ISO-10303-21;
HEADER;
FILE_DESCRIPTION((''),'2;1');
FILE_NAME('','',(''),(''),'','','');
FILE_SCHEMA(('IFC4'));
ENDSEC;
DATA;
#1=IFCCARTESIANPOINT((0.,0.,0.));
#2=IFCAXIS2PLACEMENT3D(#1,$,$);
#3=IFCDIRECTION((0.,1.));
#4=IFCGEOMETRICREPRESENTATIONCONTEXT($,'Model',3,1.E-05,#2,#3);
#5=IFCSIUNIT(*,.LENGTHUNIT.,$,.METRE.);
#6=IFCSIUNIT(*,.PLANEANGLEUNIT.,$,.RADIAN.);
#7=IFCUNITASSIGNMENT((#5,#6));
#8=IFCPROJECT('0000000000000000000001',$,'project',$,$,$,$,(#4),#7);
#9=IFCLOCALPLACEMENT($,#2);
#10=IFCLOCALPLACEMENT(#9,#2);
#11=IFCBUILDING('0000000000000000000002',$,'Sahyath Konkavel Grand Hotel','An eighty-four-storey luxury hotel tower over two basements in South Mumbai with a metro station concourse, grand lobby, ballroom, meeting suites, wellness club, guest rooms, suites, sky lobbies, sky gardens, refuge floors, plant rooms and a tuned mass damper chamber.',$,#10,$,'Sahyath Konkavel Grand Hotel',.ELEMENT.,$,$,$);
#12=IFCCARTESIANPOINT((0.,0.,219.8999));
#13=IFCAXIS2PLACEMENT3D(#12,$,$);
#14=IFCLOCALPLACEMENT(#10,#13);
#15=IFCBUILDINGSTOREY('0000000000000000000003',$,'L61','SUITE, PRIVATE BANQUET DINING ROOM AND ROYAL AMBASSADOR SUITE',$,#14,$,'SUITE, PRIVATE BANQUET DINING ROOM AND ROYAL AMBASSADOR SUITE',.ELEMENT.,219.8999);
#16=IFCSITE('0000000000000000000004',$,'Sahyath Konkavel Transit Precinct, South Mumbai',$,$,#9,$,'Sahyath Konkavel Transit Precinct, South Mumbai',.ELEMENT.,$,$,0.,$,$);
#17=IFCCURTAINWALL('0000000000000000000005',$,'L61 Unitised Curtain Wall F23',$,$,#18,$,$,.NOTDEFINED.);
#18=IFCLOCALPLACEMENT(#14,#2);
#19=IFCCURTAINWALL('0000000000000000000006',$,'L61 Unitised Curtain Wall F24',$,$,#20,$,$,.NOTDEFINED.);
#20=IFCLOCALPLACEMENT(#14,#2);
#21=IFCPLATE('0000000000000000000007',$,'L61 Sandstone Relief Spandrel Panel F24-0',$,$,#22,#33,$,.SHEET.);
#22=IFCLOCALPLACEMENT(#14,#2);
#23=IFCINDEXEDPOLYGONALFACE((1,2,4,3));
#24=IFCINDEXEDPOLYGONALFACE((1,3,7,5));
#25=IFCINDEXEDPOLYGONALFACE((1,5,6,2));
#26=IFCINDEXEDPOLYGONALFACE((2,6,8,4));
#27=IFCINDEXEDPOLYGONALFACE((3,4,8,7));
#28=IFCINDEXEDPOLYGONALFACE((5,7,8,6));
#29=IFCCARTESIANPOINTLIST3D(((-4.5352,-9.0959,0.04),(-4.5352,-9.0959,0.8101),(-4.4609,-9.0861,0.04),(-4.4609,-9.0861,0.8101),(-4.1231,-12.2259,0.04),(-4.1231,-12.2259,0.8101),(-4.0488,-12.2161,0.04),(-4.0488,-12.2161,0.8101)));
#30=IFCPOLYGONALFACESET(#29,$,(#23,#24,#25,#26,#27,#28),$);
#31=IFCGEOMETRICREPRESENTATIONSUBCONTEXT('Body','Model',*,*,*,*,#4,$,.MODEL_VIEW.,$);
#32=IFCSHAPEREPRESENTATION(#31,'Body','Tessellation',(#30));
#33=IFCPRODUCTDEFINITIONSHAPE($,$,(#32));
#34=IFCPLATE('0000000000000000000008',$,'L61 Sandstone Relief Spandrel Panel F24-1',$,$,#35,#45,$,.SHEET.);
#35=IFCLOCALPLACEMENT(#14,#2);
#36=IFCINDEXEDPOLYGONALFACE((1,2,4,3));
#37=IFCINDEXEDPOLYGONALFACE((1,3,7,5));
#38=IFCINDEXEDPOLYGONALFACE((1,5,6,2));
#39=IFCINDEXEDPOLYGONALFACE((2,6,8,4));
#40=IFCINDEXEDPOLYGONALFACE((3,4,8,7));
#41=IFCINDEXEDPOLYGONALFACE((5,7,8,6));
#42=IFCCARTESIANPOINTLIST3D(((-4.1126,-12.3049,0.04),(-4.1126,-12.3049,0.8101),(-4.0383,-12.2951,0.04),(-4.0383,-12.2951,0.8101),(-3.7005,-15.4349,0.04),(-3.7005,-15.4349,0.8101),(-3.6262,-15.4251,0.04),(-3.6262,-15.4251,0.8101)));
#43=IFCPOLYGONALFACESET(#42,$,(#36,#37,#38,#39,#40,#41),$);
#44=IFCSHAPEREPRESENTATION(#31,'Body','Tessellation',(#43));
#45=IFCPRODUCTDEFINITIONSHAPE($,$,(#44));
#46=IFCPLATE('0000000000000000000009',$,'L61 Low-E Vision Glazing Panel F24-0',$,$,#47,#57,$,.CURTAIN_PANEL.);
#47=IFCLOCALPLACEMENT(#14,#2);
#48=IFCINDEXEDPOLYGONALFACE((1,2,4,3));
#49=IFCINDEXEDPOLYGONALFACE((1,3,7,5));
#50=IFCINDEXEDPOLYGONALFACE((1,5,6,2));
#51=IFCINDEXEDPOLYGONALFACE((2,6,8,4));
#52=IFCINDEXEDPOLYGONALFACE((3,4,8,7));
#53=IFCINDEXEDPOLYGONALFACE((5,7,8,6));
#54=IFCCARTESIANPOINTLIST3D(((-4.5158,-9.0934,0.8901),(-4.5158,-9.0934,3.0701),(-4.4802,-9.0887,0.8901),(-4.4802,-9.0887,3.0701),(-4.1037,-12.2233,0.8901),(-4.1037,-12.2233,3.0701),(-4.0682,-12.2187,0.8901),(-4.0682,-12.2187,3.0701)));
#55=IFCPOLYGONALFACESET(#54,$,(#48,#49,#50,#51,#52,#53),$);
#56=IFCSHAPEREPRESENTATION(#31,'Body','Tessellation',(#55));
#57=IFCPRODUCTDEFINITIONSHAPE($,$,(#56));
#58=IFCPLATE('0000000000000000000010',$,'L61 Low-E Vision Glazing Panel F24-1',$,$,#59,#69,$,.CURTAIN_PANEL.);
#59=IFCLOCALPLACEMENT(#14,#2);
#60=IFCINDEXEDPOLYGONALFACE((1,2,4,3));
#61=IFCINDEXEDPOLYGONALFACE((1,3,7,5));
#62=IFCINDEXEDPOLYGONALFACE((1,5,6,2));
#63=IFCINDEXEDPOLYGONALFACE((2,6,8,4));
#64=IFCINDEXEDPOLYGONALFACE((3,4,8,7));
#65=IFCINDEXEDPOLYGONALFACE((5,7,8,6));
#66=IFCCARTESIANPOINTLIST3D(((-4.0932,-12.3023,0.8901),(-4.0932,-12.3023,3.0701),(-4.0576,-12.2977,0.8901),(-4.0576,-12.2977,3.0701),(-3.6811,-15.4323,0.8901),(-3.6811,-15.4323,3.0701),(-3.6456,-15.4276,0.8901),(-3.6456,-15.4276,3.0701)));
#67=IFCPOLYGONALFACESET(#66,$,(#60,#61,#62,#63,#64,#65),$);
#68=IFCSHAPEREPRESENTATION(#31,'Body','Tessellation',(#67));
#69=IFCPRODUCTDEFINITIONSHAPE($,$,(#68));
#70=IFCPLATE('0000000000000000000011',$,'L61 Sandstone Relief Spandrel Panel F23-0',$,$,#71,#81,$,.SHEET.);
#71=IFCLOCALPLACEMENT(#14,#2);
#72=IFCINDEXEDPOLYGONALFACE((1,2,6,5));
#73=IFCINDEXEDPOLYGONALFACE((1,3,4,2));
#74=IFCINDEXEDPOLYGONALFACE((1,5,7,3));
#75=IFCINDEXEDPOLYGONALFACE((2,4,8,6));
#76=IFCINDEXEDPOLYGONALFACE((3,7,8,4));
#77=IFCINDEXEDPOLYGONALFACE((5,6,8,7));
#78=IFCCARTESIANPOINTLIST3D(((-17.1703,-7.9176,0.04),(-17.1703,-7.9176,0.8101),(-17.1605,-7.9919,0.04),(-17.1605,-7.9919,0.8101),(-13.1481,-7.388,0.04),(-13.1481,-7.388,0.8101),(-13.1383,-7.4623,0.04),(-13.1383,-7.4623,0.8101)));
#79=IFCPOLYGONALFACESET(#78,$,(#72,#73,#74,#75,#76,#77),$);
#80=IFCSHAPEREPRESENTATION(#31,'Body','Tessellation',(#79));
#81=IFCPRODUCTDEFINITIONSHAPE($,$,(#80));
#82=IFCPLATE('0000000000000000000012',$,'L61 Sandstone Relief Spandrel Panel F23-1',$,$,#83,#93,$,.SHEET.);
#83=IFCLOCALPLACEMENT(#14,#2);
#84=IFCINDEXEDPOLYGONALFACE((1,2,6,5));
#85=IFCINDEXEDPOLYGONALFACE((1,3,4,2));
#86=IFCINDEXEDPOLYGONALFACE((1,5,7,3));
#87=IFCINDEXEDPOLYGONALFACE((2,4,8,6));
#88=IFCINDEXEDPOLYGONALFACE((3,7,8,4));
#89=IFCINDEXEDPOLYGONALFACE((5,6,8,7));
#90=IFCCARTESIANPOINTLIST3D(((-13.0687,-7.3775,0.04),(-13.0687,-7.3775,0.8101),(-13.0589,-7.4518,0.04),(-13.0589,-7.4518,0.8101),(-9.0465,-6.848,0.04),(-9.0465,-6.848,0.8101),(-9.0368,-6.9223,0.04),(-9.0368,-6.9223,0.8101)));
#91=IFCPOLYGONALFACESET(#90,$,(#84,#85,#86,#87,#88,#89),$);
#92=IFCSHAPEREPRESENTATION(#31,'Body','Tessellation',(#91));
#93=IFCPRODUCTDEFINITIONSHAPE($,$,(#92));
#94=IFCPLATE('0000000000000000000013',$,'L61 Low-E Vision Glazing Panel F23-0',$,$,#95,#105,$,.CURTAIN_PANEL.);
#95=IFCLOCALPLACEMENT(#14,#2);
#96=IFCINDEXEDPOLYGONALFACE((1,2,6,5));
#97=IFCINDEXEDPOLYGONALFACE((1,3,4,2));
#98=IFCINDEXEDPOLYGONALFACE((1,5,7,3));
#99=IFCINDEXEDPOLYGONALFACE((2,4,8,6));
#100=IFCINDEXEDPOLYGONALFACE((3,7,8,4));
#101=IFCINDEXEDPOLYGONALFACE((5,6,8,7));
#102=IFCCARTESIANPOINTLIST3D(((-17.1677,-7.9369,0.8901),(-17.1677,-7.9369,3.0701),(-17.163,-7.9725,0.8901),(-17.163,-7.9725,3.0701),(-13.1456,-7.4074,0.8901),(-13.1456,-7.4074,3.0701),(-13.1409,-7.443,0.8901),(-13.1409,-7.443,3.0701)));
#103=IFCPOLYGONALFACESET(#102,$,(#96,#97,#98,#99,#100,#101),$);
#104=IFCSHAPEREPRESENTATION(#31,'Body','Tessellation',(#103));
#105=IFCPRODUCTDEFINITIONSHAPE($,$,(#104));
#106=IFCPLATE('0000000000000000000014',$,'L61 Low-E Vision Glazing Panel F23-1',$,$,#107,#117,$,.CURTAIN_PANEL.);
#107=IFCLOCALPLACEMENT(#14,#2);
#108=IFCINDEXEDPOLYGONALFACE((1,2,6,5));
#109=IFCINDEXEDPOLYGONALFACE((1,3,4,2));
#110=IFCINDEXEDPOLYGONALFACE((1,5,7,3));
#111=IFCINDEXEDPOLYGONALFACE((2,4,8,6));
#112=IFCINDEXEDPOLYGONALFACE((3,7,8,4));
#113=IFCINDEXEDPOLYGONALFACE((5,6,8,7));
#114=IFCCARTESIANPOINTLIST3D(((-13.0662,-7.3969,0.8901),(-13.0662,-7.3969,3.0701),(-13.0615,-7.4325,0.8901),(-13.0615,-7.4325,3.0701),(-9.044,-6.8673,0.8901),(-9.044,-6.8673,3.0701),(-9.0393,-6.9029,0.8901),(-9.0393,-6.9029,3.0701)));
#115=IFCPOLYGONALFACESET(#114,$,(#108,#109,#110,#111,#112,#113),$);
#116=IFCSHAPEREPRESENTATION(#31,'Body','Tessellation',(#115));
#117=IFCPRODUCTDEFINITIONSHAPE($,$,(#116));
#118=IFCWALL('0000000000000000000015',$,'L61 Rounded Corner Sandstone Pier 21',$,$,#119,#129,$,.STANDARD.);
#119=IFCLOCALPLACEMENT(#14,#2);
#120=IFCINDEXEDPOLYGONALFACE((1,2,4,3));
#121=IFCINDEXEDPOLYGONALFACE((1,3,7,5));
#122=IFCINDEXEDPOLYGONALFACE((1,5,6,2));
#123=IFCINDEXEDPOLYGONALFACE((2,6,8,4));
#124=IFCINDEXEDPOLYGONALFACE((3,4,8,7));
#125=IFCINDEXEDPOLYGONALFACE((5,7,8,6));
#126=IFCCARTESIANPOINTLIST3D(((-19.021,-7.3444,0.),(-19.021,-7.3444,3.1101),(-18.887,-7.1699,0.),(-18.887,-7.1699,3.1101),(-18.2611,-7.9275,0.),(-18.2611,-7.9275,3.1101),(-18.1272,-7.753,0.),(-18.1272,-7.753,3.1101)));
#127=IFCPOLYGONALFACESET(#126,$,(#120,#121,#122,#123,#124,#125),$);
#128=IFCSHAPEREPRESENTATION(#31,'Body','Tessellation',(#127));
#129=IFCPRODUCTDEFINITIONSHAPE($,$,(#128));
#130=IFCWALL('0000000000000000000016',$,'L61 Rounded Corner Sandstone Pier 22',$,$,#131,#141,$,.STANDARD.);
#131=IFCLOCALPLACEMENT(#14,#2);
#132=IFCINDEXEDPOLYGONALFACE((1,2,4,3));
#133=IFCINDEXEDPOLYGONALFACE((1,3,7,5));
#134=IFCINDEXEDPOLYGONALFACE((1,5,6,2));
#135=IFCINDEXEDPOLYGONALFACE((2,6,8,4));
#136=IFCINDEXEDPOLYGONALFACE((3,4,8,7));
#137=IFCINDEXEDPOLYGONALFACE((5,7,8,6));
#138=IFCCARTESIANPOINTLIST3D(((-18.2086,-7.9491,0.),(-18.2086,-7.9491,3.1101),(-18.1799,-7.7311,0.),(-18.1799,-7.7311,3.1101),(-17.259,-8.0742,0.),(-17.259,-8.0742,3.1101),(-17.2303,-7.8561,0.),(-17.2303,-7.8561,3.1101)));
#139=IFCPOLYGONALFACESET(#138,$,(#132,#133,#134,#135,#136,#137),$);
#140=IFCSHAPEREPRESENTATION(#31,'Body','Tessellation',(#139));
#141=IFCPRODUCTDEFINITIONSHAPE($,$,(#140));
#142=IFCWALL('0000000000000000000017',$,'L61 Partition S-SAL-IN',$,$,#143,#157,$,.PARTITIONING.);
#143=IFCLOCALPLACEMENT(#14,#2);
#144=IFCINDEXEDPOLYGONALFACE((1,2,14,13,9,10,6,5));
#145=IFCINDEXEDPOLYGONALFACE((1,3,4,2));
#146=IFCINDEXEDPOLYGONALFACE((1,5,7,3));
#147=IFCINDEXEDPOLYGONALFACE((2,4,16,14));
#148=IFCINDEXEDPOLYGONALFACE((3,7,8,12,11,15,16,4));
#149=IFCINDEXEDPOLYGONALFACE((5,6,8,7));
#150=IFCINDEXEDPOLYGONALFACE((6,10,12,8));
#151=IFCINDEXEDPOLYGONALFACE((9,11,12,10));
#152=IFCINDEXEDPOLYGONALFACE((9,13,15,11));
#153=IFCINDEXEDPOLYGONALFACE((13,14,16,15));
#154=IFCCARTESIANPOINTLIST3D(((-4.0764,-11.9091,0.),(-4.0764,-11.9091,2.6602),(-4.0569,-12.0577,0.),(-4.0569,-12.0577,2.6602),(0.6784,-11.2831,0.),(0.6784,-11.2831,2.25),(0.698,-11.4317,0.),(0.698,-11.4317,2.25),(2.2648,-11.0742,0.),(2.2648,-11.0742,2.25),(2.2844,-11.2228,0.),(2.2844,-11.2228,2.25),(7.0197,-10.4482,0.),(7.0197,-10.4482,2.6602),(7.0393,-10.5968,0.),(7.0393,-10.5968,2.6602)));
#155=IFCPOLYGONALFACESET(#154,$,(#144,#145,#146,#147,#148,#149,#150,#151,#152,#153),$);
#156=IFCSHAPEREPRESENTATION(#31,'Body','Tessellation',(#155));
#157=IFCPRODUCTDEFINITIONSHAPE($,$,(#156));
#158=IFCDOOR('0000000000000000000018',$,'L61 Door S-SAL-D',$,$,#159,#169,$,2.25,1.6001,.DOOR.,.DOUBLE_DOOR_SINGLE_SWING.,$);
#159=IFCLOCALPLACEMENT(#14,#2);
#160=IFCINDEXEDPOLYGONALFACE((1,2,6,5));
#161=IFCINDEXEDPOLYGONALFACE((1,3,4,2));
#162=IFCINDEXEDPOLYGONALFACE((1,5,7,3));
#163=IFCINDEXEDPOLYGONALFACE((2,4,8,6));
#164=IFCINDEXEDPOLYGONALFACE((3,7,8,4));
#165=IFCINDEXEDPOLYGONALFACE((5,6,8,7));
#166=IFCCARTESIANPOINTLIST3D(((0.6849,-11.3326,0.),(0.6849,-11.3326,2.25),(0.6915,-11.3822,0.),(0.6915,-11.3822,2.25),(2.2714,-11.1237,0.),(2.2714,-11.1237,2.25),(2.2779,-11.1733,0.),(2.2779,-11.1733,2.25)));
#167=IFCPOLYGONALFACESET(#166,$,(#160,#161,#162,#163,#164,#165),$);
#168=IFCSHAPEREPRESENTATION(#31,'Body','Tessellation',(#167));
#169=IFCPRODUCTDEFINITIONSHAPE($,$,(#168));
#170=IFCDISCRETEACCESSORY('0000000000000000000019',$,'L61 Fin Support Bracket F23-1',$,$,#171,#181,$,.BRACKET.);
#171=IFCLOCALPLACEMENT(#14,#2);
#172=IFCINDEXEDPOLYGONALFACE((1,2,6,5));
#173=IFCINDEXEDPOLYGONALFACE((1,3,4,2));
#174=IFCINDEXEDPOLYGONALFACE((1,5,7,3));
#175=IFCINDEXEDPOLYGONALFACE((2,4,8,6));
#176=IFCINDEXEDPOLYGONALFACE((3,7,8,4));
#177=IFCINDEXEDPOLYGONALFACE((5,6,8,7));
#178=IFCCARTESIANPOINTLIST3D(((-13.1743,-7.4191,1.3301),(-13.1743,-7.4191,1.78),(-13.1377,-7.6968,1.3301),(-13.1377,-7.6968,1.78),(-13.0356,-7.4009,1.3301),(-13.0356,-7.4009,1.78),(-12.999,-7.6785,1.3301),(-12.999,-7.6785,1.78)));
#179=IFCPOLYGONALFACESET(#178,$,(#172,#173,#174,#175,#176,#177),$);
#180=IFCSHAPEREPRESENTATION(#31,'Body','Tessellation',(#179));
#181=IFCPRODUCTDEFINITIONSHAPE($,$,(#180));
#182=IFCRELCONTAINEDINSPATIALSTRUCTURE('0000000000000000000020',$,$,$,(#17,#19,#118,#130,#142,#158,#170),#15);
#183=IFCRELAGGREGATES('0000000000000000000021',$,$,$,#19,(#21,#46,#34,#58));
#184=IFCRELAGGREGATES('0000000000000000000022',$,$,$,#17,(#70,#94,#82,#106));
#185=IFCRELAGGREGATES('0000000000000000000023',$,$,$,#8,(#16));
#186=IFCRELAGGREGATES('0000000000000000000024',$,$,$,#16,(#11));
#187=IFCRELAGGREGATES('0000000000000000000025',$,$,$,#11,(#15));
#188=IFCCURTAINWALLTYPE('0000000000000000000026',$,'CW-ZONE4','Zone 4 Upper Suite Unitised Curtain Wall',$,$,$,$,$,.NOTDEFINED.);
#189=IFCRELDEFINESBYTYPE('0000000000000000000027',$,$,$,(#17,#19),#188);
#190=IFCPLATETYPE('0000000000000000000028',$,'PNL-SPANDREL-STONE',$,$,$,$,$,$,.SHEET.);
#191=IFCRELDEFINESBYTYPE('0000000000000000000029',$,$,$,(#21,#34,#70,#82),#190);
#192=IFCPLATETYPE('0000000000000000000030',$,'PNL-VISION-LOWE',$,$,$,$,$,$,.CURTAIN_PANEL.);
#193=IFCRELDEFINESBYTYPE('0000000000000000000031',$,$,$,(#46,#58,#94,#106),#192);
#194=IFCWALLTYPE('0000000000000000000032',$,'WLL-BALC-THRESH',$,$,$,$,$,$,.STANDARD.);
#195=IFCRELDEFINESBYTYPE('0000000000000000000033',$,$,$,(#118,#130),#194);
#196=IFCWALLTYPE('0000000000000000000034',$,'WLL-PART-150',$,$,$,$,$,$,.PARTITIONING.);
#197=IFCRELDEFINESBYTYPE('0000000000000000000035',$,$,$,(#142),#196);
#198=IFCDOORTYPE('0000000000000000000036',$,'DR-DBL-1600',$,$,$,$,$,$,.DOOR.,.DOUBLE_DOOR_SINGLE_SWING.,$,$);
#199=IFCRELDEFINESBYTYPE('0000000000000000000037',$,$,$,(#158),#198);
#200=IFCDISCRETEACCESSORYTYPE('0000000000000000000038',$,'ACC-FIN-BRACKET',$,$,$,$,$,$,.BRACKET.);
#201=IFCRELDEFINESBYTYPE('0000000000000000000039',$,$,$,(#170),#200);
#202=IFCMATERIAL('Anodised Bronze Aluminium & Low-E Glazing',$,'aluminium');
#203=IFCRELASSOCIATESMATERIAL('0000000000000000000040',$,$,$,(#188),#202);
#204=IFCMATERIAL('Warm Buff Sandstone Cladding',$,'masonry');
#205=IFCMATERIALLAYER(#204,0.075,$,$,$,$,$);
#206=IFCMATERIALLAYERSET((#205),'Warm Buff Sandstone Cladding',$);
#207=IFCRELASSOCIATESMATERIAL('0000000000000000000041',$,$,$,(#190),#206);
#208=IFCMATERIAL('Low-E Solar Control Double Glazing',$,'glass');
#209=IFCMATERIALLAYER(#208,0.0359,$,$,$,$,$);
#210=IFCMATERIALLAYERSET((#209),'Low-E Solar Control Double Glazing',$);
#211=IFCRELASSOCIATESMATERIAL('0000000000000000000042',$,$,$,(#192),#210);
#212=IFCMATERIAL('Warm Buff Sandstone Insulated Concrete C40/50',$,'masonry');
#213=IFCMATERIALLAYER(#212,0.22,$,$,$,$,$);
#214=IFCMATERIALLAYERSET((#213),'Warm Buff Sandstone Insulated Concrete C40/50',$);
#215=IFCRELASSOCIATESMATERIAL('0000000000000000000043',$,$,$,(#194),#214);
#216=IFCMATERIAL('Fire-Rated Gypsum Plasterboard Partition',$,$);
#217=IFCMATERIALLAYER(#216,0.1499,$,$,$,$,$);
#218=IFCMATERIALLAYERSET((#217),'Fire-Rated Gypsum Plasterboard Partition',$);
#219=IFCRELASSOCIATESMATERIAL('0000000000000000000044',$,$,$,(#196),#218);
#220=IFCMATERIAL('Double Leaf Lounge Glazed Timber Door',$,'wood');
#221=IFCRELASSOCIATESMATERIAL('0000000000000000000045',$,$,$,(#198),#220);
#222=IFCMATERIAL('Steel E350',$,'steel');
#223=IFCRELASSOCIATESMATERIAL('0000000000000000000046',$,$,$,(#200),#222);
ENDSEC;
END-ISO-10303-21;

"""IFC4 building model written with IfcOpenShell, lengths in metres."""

from ifc_helpers import new_model, si_unit, direction, frame, frame_2d, origin, origin_2d, place, context, subcontext, project, spatial, rectangle, extrude, source, transform, mapped, material, layer, layer_set, type_object, element, fill, aggregate, save


model = new_model("IFC4")

# Units and contexts
model_context = context("Model", 3, precision=1e-05, world=origin(), true_north=direction((0.0, 1.0)))
body_context = subcontext(model_context, "Body", "Model", "MODEL_VIEW")
ifc_project = project(units=[si_unit("LENGTHUNIT", "METRE"), si_unit("PLANEANGLEUNIT", "RADIAN")], contexts=[model_context])

# Site, building, storey
site_placement = place(None, origin())
site = spatial("IfcSite", under=ifc_project, at=site_placement, Name="Sahyath Konkavel Transit Precinct, South Mumbai", LongName="Sahyath Konkavel Transit Precinct, South Mumbai", CompositionType="ELEMENT", RefElevation=0.0)
building_placement = place(site_placement, origin())
building = spatial("IfcBuilding", under=site, at=building_placement, Name="Sahyath Konkavel Grand Hotel", Description="An eighty-four-storey luxury hotel tower over two basements in South Mumbai with a metro station concourse, grand lobby, ballroom, meeting suites, wellness club, guest rooms, suites, sky lobbies, sky gardens, refuge floors, plant rooms and a tuned mass damper chamber.", LongName="Sahyath Konkavel Grand Hotel", CompositionType="ELEMENT")
storey_placement = place(building_placement, frame((0.0, 0.0, 219.8999)))
storey = spatial("IfcBuildingStorey", under=building, at=storey_placement, Name="L61", Description="SUITE, PRIVATE BANQUET DINING ROOM AND ROYAL AMBASSADOR SUITE", LongName="SUITE, PRIVATE BANQUET DINING ROOM AND ROYAL AMBASSADOR SUITE", CompositionType="ELEMENT", Elevation=219.8999)

# Curtain walls
ifc_material_1 = material(Name="Anodised Bronze Aluminium & Low-E Glazing", Category="aluminium")
curtain_wall_type = type_object("IfcCurtainWallType", Name="CW-ZONE4", Description="Zone 4 Upper Suite Unitised Curtain Wall", PredefinedType="NOTDEFINED", material=ifc_material_1)
curtain_wall_1_placement = place(storey_placement, origin())
curtain_wall_1 = element("IfcCurtainWall", 1, at=curtain_wall_1_placement, inside=storey, type_object=curtain_wall_type, Name="L61 Unitised Curtain Wall F23", PredefinedType="NOTDEFINED")
curtain_wall_2_placement = place(storey_placement, origin())
curtain_wall_2 = element("IfcCurtainWall", 2, at=curtain_wall_2_placement, inside=storey, type_object=curtain_wall_type, Name="L61 Unitised Curtain Wall F24", PredefinedType="NOTDEFINED")

# Plates
ifc_material_2 = material(Name="Warm Buff Sandstone Cladding", Category="masonry")
ifc_layer_1 = layer(ifc_material_2, 0.075)
ifc_layer_set_1 = layer_set([ifc_layer_1], Name="Warm Buff Sandstone Cladding")
plate_type_1 = type_object("IfcPlateType", Name="PNL-SPANDREL-STONE", PredefinedType="SHEET", material=ifc_layer_set_1)
shared_shape_1 = source(origin(), body_context, "Body", "SweptSolid", [
    extrude(rectangle(XDim=3.157, YDim=0.075, at=origin_2d()), origin(), (0.0, 0.0, 1.0), 0.77),
])
plate_1_placement = place(storey_placement, frame((-4.292, -10.656, 0.04), z_axis=(0.0, 0.0, 1.0), x_axis=(0.130526, -0.991445, 0.0)))
plate_1 = element("IfcPlate", 3, at=plate_1_placement, type_object=plate_type_1, Name="L61 Sandstone Relief Spandrel Panel F24-0", PredefinedType="SHEET", context=body_context, shape_type="MappedRepresentation", body=[
    mapped(shared_shape_1, transform((0.0, 0.0, 0.0), scale=1.0)),
])
plate_2_placement = place(storey_placement, frame((-3.8694, -13.865, 0.04), z_axis=(0.0, 0.0, 1.0), x_axis=(0.130526, -0.991445, 0.0)))
plate_2 = element("IfcPlate", 4, at=plate_2_placement, type_object=plate_type_1, Name="L61 Sandstone Relief Spandrel Panel F24-1", PredefinedType="SHEET", context=body_context, shape_type="MappedRepresentation", body=[
    mapped(shared_shape_1, transform((0.0, 0.0, 0.0), scale=1.0)),
])
ifc_material_3 = material(Name="Low-E Solar Control Double Glazing", Category="glass")
ifc_layer_2 = layer(ifc_material_3, 0.0359)
ifc_layer_set_2 = layer_set([ifc_layer_2], Name="Low-E Solar Control Double Glazing")
plate_type_2 = type_object("IfcPlateType", Name="PNL-VISION-LOWE", PredefinedType="CURTAIN_PANEL", material=ifc_layer_set_2)
shared_shape_2 = source(origin(), body_context, "Body", "SweptSolid", [
    extrude(rectangle(XDim=3.157, YDim=0.0359, at=origin_2d()), origin(), (0.0, 0.0, 1.0), 2.1799),
])
plate_3_placement = place(storey_placement, frame((-4.292, -10.656, 0.8901), z_axis=(0.0, 0.0, 1.0), x_axis=(0.130526, -0.991445, 0.0)))
plate_3 = element("IfcPlate", 5, at=plate_3_placement, type_object=plate_type_2, Name="L61 Low-E Vision Glazing Panel F24-0", PredefinedType="CURTAIN_PANEL", context=body_context, shape_type="MappedRepresentation", body=[
    mapped(shared_shape_2, transform((0.0, 0.0, 0.0), scale=1.0)),
])
plate_4_placement = place(storey_placement, frame((-3.8694, -13.865, 0.8901), z_axis=(0.0, 0.0, 1.0), x_axis=(0.130526, -0.991445, 0.0)))
plate_4 = element("IfcPlate", 6, at=plate_4_placement, type_object=plate_type_2, Name="L61 Low-E Vision Glazing Panel F24-1", PredefinedType="CURTAIN_PANEL", context=body_context, shape_type="MappedRepresentation", body=[
    mapped(shared_shape_2, transform((0.0, 0.0, 0.0), scale=1.0)),
])
aggregate(curtain_wall_2, [plate_1, plate_3, plate_2, plate_4])
shared_shape_3 = source(origin(), body_context, "Body", "SweptSolid", [
    extrude(rectangle(XDim=4.0569, YDim=0.075, at=origin_2d()), origin(), (0.0, 0.0, 1.0), 0.77),
])
plate_5_placement = place(storey_placement, frame((-15.1543, -7.6899, 0.04), z_axis=(0.0, 0.0, 1.0), x_axis=(0.991445, 0.130526, 0.0)))
plate_5 = element("IfcPlate", 7, at=plate_5_placement, type_object=plate_type_1, Name="L61 Sandstone Relief Spandrel Panel F23-0", PredefinedType="SHEET", context=body_context, shape_type="MappedRepresentation", body=[
    mapped(shared_shape_3, transform((0.0, 0.0, 0.0), scale=1.0)),
])
plate_6_placement = place(storey_placement, frame((-11.0527, -7.1499, 0.04), z_axis=(0.0, 0.0, 1.0), x_axis=(0.991445, 0.130526, 0.0)))
plate_6 = element("IfcPlate", 8, at=plate_6_placement, type_object=plate_type_1, Name="L61 Sandstone Relief Spandrel Panel F23-1", PredefinedType="SHEET", context=body_context, shape_type="MappedRepresentation", body=[
    mapped(shared_shape_3, transform((0.0, 0.0, 0.0), scale=1.0)),
])
shared_shape_4 = source(origin(), body_context, "Body", "SweptSolid", [
    extrude(rectangle(XDim=4.0569, YDim=0.0359, at=origin_2d()), origin(), (0.0, 0.0, 1.0), 2.1799),
])
plate_7_placement = place(storey_placement, frame((-15.1543, -7.6899, 0.8901), z_axis=(0.0, 0.0, 1.0), x_axis=(0.991445, 0.130526, 0.0)))
plate_7 = element("IfcPlate", 9, at=plate_7_placement, type_object=plate_type_2, Name="L61 Low-E Vision Glazing Panel F23-0", PredefinedType="CURTAIN_PANEL", context=body_context, shape_type="MappedRepresentation", body=[
    mapped(shared_shape_4, transform((0.0, 0.0, 0.0), scale=1.0)),
])
plate_8_placement = place(storey_placement, frame((-11.0527, -7.1499, 0.8901), z_axis=(0.0, 0.0, 1.0), x_axis=(0.991445, 0.130526, 0.0)))
plate_8 = element("IfcPlate", 10, at=plate_8_placement, type_object=plate_type_2, Name="L61 Low-E Vision Glazing Panel F23-1", PredefinedType="CURTAIN_PANEL", context=body_context, shape_type="MappedRepresentation", body=[
    mapped(shared_shape_4, transform((0.0, 0.0, 0.0), scale=1.0)),
])
aggregate(curtain_wall_1, [plate_5, plate_7, plate_6, plate_8])

# Walls
ifc_material_4 = material(Name="Warm Buff Sandstone Insulated Concrete C40/50", Category="masonry")
ifc_layer_3 = layer(ifc_material_4, 0.22)
ifc_layer_set_3 = layer_set([ifc_layer_3], Name="Warm Buff Sandstone Insulated Concrete C40/50")
wall_type_1 = type_object("IfcWallType", Name="WLL-BALC-THRESH", PredefinedType="STANDARD", material=ifc_layer_set_3)
for number, where, z_axis, x_axis, name in (
    (11, (-18.9541, -7.2571, 0.0), (0.0, 0.0, 1.0), (0.793344, -0.608774, 0.0), "L61 Rounded Corner Sandstone Pier 21"),
    (12, (-18.1943, -7.8401, 0.0), (0.0, 0.0, 1.0), (0.991445, -0.130527, 0.0), "L61 Rounded Corner Sandstone Pier 22"),
):
    element("IfcWall", number, at=place(storey_placement, frame(where, z_axis=z_axis, x_axis=x_axis)), inside=storey, type_object=wall_type_1, Name=name, PredefinedType="STANDARD", context=body_context, shape_type="SweptSolid", body=[
        extrude(rectangle(XDim=0.9578, YDim=0.22, at=frame_2d((0.479, 0.0))), origin(), (0.0, 0.0, 1.0), 3.1101),
    ])

# Wall, opening, door
ifc_material_5 = material(Name="Fire-Rated Gypsum Plasterboard Partition")
ifc_layer_4 = layer(ifc_material_5, 0.1499)
ifc_layer_set_4 = layer_set([ifc_layer_4], Name="Fire-Rated Gypsum Plasterboard Partition")
wall_type_2 = type_object("IfcWallType", Name="WLL-PART-150", PredefinedType="PARTITIONING", material=ifc_layer_set_4)
wall_placement = place(storey_placement, frame((-4.0667, -11.9834, 0.0), z_axis=(0.0, 0.0, 1.0), x_axis=(0.991444, 0.130535, 0.0)))
wall = element("IfcWall", 13, at=wall_placement, inside=storey, type_object=wall_type_2, Name="L61 Partition S-SAL-IN", PredefinedType="PARTITIONING", context=body_context, shape_type="SweptSolid", body=[
    extrude(rectangle(XDim=11.1919, YDim=0.1499, at=frame_2d((5.5959, 0.0))), origin(), (0.0, 0.0, 1.0), 2.6602),
])
opening_placement = place(wall_placement, frame((4.7959, 0.0, 0.0)))
opening = element("IfcOpeningElement", 14, at=opening_placement, cuts=wall, PredefinedType="OPENING", context=body_context, shape_type="SweptSolid", body=[
    extrude(rectangle(XDim=1.6001, YDim=2.25, at=frame_2d((0.8, 1.125))), frame((0.0, 0.085, 0.0), z_axis=(0.0, -1.0, 0.0), x_axis=(1.0, 0.0, 0.0)), (0.0, 0.0, 1.0), 0.1699),
])
ifc_material_6 = material(Name="Double Leaf Lounge Glazed Timber Door", Category="wood")
door_type = type_object("IfcDoorType", Name="DR-DBL-1600", OperationType="DOUBLE_DOOR_SINGLE_SWING", PredefinedType="DOOR", material=ifc_material_6)
shared_shape_5 = source(origin(), body_context, "Body", "SweptSolid", [
    extrude(rectangle(XDim=1.6001, YDim=0.05, at=origin_2d()), origin(), (0.0, 0.0, 1.0), 2.25),
])
door_placement = place(opening_placement, frame((0.8, 0.0, 0.0)))
door = element("IfcDoor", 15, at=door_placement, inside=storey, type_object=door_type, Name="L61 Door S-SAL-D", OperationType="DOUBLE_DOOR_SINGLE_SWING", OverallHeight=2.25, OverallWidth=1.6001, PredefinedType="DOOR", context=body_context, shape_type="MappedRepresentation", body=[
    mapped(shared_shape_5, transform((0.0, 0.0, 0.0), scale=1.0)),
])
fill(opening, door)

# Discrete accessory
ifc_material_7 = material(Name="Steel E350", Category="steel")
discrete_accessory_type = type_object("IfcDiscreteAccessoryType", Name="ACC-FIN-BRACKET", PredefinedType="BRACKET", material=ifc_material_7)
shared_shape_6 = source(origin(), body_context, "Body", "SweptSolid", [
    extrude(rectangle(XDim=0.28, YDim=0.1399, at=origin_2d()), origin(), (0.0, 0.0, 1.0), 0.45),
])
for number, where, z_axis, x_axis, name in (
    (16, (-13.0867, -7.5488, 1.3301), (0.0, 0.0, 1.0), (0.130526, -0.991445, 0.0), "L61 Fin Support Bracket F23-1"),
):
    element("IfcDiscreteAccessory", number, at=place(storey_placement, frame(where, z_axis=z_axis, x_axis=x_axis)), inside=storey, type_object=discrete_accessory_type, Name=name, PredefinedType="BRACKET", context=body_context, shape_type="MappedRepresentation", body=[
        mapped(shared_shape_6, transform((0.0, 0.0, 0.0), scale=1.0)),
    ])

save(model, "model.ifc")
